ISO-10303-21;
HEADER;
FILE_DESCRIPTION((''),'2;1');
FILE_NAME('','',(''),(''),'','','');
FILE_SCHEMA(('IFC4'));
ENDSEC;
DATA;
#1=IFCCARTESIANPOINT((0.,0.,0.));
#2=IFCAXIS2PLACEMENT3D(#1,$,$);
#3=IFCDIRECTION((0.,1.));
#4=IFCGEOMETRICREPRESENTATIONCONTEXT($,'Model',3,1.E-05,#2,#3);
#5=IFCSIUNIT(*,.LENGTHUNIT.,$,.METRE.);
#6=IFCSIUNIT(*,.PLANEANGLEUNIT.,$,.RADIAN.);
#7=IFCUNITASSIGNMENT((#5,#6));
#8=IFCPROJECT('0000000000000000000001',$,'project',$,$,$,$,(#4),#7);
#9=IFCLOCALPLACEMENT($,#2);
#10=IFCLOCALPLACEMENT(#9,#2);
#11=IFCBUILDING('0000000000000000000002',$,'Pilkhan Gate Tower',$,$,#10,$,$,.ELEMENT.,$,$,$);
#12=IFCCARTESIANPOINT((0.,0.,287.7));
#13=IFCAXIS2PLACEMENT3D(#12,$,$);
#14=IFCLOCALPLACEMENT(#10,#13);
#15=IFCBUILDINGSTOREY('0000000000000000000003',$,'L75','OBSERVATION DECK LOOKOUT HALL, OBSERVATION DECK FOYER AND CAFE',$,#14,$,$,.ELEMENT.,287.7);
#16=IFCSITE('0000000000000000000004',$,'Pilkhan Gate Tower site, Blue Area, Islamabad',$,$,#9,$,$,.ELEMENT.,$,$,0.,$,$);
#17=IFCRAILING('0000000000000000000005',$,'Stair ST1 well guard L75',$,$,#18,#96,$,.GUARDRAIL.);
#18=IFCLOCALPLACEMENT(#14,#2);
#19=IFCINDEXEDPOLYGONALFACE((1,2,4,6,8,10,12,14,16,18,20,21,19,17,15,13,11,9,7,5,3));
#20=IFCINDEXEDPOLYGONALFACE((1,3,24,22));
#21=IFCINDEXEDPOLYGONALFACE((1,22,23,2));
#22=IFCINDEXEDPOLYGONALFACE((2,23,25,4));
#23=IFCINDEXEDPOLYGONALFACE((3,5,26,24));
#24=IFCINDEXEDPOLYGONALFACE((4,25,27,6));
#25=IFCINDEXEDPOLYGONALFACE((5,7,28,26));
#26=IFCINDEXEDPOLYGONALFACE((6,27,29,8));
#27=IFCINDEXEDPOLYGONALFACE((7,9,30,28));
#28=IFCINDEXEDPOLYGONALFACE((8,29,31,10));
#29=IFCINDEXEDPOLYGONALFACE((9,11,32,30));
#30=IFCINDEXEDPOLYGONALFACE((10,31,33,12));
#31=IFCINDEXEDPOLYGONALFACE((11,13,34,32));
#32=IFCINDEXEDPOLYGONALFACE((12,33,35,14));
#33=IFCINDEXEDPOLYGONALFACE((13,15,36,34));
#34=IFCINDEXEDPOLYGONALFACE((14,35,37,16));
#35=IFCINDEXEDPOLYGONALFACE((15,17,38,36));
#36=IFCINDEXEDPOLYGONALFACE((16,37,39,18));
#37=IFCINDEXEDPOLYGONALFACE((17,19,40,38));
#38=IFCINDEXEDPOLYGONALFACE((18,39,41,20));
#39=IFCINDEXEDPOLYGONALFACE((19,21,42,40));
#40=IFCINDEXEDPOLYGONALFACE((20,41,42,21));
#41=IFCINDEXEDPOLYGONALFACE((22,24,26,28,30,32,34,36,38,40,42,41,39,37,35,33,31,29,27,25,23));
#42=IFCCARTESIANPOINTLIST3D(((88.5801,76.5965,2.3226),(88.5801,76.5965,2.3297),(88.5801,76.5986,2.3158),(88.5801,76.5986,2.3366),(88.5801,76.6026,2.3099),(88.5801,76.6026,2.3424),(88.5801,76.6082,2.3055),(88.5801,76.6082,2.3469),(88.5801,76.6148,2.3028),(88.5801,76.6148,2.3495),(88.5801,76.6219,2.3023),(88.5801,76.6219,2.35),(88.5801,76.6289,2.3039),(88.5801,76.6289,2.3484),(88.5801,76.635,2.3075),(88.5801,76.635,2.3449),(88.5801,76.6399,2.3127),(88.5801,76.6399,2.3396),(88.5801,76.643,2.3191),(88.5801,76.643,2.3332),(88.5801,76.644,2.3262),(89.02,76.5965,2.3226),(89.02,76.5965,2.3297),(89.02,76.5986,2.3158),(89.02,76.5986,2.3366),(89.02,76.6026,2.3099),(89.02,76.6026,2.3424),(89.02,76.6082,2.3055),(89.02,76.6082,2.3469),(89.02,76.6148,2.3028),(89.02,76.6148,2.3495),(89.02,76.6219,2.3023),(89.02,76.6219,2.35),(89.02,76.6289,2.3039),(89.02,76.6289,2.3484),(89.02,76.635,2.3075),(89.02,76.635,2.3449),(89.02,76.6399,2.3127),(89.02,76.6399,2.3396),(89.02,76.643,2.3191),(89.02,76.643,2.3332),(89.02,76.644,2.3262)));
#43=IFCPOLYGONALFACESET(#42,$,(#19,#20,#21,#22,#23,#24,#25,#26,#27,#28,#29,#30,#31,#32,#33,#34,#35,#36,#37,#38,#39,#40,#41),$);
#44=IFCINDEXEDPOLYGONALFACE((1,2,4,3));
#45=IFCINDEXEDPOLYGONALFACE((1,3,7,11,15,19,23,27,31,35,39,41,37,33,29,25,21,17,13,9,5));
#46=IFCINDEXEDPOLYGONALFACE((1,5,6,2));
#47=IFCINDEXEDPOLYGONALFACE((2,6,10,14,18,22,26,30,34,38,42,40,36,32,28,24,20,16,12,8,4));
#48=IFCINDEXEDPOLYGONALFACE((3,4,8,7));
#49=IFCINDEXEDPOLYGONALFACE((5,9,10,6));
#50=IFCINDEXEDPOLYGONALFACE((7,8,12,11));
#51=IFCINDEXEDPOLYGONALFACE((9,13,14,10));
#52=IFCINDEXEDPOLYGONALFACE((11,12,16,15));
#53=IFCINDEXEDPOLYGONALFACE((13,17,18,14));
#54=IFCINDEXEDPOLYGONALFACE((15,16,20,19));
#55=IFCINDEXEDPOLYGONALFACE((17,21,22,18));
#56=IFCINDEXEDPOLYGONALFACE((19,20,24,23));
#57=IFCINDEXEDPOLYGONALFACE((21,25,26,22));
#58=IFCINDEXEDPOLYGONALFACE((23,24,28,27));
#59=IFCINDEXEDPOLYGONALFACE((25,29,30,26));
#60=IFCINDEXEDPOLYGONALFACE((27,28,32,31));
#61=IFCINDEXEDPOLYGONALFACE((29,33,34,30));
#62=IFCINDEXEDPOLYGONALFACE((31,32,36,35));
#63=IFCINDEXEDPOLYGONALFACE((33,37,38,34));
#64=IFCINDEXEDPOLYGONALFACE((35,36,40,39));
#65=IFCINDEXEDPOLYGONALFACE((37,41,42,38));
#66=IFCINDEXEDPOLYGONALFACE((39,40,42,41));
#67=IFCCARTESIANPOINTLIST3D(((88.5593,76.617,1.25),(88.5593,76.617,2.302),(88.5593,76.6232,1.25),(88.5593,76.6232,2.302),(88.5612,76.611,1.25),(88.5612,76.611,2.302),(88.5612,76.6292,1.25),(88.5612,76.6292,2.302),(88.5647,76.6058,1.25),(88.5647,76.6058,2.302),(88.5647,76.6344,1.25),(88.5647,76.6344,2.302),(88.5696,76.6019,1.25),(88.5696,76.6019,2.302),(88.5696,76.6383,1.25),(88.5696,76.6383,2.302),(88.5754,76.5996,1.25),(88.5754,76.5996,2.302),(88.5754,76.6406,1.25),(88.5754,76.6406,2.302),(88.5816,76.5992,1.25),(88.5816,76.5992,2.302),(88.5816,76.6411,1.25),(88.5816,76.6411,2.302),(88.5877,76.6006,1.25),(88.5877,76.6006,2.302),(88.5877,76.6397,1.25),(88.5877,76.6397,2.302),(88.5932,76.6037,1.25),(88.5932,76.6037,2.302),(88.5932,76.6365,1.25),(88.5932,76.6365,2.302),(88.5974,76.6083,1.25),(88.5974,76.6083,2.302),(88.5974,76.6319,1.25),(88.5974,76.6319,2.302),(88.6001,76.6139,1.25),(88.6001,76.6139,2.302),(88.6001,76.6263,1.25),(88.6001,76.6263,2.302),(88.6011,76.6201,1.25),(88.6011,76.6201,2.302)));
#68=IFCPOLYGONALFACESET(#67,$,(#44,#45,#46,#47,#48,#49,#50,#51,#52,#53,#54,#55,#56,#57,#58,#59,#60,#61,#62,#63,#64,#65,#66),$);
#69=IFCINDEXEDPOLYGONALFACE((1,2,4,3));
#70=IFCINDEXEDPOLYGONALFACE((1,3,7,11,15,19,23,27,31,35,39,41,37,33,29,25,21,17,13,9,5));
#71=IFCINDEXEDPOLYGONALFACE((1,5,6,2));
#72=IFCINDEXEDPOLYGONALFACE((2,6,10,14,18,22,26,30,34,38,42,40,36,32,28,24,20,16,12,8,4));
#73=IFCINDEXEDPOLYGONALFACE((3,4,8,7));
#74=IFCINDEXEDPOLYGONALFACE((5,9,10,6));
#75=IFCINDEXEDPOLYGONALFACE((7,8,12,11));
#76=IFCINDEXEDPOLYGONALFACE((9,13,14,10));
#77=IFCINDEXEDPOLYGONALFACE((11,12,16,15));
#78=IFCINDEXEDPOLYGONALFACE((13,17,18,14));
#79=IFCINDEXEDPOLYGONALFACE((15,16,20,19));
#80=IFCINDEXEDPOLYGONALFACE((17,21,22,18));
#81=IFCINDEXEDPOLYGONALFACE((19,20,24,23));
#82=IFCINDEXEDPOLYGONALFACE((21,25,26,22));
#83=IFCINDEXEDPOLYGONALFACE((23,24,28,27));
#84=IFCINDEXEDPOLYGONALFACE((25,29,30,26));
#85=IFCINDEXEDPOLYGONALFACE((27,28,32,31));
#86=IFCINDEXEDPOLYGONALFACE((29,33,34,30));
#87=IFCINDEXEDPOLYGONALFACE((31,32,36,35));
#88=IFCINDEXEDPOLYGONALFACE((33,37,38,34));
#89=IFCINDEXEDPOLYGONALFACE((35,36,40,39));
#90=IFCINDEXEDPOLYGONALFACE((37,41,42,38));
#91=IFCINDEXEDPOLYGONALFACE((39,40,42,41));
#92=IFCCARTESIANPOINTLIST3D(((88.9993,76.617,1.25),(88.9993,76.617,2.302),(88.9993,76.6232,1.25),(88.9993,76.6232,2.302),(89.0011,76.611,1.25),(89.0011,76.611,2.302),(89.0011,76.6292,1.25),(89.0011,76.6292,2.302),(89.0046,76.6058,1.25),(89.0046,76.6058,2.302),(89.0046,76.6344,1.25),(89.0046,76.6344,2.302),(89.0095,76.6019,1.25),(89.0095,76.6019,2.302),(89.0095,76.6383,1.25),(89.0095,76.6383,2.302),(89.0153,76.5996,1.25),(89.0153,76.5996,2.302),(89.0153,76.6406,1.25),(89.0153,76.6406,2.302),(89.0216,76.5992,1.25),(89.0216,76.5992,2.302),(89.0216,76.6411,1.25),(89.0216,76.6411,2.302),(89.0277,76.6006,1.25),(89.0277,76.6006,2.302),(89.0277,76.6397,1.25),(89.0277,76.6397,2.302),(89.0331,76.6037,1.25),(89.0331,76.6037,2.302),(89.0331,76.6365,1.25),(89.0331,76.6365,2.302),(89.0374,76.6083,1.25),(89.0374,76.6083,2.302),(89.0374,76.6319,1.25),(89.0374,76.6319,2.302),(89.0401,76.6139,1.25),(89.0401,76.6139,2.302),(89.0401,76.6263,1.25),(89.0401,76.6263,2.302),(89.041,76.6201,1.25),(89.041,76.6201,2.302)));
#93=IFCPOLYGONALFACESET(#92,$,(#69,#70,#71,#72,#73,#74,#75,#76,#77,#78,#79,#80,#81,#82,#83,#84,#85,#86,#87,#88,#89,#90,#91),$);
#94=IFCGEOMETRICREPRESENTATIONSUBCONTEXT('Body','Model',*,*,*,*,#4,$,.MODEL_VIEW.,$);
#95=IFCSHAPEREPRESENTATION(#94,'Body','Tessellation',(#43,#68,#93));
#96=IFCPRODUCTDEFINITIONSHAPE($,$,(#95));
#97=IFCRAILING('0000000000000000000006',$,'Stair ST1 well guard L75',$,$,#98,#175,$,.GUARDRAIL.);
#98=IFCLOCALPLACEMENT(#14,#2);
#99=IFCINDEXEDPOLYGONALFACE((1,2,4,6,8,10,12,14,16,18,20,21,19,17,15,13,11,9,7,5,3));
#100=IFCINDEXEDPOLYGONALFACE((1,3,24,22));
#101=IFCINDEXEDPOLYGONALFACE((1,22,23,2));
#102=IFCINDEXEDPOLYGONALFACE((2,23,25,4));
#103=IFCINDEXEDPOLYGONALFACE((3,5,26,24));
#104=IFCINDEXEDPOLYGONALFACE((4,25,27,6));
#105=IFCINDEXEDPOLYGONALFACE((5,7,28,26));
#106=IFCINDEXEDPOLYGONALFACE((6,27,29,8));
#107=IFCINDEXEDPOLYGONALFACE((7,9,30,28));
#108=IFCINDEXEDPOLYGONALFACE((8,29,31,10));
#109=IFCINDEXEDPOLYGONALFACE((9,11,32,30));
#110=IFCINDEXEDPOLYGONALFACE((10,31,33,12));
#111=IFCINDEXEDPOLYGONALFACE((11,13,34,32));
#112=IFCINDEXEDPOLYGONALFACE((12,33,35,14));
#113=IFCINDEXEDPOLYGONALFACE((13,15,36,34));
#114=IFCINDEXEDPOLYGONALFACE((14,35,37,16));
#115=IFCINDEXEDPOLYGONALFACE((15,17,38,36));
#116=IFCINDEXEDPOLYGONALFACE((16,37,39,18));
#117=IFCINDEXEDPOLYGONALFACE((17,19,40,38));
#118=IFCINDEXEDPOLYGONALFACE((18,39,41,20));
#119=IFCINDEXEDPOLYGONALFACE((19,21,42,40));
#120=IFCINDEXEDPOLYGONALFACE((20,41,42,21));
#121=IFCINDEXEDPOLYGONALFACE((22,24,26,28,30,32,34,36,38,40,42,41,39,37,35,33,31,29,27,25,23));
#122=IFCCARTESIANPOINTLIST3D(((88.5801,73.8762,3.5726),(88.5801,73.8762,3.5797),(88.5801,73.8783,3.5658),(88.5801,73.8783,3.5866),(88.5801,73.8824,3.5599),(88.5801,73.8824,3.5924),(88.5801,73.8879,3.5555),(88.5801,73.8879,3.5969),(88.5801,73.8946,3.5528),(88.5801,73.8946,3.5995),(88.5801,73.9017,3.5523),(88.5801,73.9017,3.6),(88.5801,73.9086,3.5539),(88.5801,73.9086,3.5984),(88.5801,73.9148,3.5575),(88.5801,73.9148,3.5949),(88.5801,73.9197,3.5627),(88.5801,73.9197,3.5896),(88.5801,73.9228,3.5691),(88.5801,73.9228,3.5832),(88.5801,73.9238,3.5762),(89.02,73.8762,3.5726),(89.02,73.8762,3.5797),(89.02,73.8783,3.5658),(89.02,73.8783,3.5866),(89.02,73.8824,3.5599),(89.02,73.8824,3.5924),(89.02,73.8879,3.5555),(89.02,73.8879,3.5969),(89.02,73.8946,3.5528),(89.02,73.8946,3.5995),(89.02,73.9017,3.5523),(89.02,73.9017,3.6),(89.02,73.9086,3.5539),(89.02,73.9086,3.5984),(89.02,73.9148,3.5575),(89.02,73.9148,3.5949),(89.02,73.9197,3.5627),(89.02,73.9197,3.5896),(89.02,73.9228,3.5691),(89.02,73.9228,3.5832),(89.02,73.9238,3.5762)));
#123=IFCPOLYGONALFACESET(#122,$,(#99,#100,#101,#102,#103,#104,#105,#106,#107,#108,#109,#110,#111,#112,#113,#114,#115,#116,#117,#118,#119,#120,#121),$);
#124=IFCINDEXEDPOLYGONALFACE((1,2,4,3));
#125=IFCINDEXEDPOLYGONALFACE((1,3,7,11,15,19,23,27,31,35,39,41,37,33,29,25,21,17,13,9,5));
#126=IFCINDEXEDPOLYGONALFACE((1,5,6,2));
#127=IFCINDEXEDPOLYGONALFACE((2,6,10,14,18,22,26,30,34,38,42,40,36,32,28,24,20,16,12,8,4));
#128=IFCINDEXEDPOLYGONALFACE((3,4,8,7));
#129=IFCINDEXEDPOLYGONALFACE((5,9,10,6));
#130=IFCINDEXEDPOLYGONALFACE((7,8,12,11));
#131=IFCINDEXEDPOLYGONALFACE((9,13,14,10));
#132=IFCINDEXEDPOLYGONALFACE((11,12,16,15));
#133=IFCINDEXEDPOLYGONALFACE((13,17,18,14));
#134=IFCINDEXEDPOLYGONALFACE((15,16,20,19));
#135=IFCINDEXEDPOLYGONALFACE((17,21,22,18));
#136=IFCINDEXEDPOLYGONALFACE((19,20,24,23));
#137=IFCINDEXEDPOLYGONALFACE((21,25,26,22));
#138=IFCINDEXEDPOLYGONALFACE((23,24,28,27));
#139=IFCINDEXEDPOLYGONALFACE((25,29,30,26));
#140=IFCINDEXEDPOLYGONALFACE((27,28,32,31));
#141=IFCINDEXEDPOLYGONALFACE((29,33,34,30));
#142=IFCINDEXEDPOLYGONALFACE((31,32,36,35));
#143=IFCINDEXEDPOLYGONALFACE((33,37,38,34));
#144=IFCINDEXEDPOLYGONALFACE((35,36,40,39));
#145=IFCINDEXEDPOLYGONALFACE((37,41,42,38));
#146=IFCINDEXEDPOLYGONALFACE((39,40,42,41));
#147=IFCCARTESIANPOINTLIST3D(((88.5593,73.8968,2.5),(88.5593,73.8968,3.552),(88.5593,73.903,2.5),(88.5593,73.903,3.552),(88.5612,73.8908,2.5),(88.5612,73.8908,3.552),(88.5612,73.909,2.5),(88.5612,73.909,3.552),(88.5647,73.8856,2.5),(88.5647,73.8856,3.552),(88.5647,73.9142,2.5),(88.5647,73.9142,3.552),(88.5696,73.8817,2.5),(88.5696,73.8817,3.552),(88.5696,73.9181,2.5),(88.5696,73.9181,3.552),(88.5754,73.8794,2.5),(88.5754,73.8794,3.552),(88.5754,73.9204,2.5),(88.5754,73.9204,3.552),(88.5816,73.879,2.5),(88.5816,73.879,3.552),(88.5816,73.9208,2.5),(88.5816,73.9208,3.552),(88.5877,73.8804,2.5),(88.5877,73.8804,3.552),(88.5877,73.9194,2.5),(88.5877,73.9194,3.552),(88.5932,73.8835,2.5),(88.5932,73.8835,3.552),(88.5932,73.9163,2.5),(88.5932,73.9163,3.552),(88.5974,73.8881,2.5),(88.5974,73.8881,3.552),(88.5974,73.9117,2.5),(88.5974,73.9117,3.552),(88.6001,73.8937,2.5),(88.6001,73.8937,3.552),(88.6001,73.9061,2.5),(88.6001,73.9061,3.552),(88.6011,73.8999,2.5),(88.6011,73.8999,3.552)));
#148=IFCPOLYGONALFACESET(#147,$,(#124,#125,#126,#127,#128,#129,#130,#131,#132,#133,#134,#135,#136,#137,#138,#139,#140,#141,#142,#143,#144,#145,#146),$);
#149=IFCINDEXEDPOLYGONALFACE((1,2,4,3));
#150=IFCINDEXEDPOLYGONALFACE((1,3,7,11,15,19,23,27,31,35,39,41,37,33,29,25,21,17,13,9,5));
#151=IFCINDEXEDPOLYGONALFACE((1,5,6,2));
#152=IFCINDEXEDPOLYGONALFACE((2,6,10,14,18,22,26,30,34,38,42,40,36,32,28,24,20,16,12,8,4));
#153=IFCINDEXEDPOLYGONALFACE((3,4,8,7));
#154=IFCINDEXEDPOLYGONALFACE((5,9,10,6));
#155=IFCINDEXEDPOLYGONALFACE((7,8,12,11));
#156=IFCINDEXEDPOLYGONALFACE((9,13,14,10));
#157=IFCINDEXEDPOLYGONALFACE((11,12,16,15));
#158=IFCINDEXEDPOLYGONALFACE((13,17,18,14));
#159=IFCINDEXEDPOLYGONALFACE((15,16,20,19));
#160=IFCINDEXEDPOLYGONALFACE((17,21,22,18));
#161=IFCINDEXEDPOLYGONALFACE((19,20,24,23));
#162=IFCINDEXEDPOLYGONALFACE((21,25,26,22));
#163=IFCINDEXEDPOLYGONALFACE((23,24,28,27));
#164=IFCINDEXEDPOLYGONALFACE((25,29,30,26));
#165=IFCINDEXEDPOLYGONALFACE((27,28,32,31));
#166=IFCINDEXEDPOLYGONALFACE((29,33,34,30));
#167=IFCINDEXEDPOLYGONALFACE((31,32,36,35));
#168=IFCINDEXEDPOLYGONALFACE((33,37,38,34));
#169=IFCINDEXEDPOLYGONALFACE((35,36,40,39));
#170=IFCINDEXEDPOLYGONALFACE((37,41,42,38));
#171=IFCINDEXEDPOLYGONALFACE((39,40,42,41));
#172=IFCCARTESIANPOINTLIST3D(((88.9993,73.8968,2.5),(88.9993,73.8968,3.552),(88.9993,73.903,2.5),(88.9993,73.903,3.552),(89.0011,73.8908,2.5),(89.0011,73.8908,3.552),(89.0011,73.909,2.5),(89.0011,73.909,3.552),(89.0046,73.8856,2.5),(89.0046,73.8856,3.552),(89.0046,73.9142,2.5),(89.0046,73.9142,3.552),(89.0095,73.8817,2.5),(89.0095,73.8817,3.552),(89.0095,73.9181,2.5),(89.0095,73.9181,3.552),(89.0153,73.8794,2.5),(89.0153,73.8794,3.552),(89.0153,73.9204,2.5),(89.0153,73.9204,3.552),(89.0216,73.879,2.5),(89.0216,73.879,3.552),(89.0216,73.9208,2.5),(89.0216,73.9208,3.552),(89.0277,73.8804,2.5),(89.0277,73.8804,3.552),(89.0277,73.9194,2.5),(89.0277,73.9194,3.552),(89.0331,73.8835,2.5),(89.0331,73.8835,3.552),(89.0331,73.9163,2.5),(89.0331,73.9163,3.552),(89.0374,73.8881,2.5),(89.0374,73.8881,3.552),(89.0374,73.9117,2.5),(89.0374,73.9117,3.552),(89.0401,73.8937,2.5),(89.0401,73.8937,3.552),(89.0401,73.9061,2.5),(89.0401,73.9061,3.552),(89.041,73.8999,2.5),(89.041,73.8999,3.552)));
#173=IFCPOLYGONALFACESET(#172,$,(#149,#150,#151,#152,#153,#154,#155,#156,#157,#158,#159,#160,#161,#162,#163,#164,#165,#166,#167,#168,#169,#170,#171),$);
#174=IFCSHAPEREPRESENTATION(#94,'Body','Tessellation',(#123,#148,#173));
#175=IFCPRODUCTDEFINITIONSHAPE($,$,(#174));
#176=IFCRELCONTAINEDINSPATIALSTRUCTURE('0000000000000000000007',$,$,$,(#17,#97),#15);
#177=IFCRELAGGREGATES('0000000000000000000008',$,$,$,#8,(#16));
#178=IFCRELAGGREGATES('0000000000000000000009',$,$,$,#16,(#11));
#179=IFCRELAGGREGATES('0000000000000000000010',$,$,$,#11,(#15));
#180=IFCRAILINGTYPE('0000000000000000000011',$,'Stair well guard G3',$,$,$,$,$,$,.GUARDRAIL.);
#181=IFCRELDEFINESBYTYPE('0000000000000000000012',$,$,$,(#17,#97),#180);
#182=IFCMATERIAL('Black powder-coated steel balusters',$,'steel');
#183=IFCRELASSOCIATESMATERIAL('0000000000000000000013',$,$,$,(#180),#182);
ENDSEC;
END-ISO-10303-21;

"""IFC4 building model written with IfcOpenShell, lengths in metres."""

from ifc_helpers import new_model, si_unit, direction, frame, origin, origin_2d, place, context, subcontext, project, spatial, circle, extrude, material, type_object, element, save


model = new_model("IFC4")

# Units and contexts
model_context = context("Model", 3, precision=1e-05, world=origin(), true_north=direction((0.0, 1.0)))
body_context = subcontext(model_context, "Body", "Model", "MODEL_VIEW")
ifc_project = project(units=[si_unit("LENGTHUNIT", "METRE"), si_unit("PLANEANGLEUNIT", "RADIAN")], contexts=[model_context])

# Site, building, storey
site_placement = place(None, origin())
site = spatial("IfcSite", under=ifc_project, at=site_placement, Name="Pilkhan Gate Tower site, Blue Area, Islamabad", CompositionType="ELEMENT", RefElevation=0.0)
building_placement = place(site_placement, origin())
building = spatial("IfcBuilding", under=site, at=building_placement, Name="Pilkhan Gate Tower", CompositionType="ELEMENT")
storey_placement = place(building_placement, frame((0.0, 0.0, 287.7)))
storey = spatial("IfcBuildingStorey", under=building, at=storey_placement, Name="L75", Description="OBSERVATION DECK LOOKOUT HALL, OBSERVATION DECK FOYER AND CAFE", CompositionType="ELEMENT", Elevation=287.7)

# Railings
ifc_material_1 = material(Name="Black powder-coated steel balusters", Category="steel")
railing_type_1 = type_object("IfcRailingType", Name="Stair well guard G3", PredefinedType="GUARDRAIL", material=ifc_material_1)
for number, where, name in (
    (1, (88.5801, 76.6201, 1.25), "Stair ST1 well guard L75"),
    (2, (88.5801, 73.8999, 2.5), "Stair ST1 well guard L75"),
):
    element("IfcRailing", number, at=place(storey_placement, frame(where)), inside=storey, type_object=railing_type_1, Name=name, PredefinedType="GUARDRAIL", context=body_context, shape_type="SweptSolid", body=[
        extrude(circle(Radius=0.0239, at=origin_2d()), frame((0.0, 0.0, 1.0762), z_axis=(1.0, 0.0, 0.0), x_axis=(0.0, 1.0, 0.0)), (0.0, 0.0, 1.0), 0.4399),
        extrude(circle(Radius=0.021, at=origin_2d()), origin(), (0.0, 0.0, 1.0), 1.052),
        extrude(circle(Radius=0.021, at=origin_2d()), frame((0.4399, 0.0, 0.0)), (0.0, 0.0, 1.0), 1.052),
    ])

save(model, "model.ifc")
